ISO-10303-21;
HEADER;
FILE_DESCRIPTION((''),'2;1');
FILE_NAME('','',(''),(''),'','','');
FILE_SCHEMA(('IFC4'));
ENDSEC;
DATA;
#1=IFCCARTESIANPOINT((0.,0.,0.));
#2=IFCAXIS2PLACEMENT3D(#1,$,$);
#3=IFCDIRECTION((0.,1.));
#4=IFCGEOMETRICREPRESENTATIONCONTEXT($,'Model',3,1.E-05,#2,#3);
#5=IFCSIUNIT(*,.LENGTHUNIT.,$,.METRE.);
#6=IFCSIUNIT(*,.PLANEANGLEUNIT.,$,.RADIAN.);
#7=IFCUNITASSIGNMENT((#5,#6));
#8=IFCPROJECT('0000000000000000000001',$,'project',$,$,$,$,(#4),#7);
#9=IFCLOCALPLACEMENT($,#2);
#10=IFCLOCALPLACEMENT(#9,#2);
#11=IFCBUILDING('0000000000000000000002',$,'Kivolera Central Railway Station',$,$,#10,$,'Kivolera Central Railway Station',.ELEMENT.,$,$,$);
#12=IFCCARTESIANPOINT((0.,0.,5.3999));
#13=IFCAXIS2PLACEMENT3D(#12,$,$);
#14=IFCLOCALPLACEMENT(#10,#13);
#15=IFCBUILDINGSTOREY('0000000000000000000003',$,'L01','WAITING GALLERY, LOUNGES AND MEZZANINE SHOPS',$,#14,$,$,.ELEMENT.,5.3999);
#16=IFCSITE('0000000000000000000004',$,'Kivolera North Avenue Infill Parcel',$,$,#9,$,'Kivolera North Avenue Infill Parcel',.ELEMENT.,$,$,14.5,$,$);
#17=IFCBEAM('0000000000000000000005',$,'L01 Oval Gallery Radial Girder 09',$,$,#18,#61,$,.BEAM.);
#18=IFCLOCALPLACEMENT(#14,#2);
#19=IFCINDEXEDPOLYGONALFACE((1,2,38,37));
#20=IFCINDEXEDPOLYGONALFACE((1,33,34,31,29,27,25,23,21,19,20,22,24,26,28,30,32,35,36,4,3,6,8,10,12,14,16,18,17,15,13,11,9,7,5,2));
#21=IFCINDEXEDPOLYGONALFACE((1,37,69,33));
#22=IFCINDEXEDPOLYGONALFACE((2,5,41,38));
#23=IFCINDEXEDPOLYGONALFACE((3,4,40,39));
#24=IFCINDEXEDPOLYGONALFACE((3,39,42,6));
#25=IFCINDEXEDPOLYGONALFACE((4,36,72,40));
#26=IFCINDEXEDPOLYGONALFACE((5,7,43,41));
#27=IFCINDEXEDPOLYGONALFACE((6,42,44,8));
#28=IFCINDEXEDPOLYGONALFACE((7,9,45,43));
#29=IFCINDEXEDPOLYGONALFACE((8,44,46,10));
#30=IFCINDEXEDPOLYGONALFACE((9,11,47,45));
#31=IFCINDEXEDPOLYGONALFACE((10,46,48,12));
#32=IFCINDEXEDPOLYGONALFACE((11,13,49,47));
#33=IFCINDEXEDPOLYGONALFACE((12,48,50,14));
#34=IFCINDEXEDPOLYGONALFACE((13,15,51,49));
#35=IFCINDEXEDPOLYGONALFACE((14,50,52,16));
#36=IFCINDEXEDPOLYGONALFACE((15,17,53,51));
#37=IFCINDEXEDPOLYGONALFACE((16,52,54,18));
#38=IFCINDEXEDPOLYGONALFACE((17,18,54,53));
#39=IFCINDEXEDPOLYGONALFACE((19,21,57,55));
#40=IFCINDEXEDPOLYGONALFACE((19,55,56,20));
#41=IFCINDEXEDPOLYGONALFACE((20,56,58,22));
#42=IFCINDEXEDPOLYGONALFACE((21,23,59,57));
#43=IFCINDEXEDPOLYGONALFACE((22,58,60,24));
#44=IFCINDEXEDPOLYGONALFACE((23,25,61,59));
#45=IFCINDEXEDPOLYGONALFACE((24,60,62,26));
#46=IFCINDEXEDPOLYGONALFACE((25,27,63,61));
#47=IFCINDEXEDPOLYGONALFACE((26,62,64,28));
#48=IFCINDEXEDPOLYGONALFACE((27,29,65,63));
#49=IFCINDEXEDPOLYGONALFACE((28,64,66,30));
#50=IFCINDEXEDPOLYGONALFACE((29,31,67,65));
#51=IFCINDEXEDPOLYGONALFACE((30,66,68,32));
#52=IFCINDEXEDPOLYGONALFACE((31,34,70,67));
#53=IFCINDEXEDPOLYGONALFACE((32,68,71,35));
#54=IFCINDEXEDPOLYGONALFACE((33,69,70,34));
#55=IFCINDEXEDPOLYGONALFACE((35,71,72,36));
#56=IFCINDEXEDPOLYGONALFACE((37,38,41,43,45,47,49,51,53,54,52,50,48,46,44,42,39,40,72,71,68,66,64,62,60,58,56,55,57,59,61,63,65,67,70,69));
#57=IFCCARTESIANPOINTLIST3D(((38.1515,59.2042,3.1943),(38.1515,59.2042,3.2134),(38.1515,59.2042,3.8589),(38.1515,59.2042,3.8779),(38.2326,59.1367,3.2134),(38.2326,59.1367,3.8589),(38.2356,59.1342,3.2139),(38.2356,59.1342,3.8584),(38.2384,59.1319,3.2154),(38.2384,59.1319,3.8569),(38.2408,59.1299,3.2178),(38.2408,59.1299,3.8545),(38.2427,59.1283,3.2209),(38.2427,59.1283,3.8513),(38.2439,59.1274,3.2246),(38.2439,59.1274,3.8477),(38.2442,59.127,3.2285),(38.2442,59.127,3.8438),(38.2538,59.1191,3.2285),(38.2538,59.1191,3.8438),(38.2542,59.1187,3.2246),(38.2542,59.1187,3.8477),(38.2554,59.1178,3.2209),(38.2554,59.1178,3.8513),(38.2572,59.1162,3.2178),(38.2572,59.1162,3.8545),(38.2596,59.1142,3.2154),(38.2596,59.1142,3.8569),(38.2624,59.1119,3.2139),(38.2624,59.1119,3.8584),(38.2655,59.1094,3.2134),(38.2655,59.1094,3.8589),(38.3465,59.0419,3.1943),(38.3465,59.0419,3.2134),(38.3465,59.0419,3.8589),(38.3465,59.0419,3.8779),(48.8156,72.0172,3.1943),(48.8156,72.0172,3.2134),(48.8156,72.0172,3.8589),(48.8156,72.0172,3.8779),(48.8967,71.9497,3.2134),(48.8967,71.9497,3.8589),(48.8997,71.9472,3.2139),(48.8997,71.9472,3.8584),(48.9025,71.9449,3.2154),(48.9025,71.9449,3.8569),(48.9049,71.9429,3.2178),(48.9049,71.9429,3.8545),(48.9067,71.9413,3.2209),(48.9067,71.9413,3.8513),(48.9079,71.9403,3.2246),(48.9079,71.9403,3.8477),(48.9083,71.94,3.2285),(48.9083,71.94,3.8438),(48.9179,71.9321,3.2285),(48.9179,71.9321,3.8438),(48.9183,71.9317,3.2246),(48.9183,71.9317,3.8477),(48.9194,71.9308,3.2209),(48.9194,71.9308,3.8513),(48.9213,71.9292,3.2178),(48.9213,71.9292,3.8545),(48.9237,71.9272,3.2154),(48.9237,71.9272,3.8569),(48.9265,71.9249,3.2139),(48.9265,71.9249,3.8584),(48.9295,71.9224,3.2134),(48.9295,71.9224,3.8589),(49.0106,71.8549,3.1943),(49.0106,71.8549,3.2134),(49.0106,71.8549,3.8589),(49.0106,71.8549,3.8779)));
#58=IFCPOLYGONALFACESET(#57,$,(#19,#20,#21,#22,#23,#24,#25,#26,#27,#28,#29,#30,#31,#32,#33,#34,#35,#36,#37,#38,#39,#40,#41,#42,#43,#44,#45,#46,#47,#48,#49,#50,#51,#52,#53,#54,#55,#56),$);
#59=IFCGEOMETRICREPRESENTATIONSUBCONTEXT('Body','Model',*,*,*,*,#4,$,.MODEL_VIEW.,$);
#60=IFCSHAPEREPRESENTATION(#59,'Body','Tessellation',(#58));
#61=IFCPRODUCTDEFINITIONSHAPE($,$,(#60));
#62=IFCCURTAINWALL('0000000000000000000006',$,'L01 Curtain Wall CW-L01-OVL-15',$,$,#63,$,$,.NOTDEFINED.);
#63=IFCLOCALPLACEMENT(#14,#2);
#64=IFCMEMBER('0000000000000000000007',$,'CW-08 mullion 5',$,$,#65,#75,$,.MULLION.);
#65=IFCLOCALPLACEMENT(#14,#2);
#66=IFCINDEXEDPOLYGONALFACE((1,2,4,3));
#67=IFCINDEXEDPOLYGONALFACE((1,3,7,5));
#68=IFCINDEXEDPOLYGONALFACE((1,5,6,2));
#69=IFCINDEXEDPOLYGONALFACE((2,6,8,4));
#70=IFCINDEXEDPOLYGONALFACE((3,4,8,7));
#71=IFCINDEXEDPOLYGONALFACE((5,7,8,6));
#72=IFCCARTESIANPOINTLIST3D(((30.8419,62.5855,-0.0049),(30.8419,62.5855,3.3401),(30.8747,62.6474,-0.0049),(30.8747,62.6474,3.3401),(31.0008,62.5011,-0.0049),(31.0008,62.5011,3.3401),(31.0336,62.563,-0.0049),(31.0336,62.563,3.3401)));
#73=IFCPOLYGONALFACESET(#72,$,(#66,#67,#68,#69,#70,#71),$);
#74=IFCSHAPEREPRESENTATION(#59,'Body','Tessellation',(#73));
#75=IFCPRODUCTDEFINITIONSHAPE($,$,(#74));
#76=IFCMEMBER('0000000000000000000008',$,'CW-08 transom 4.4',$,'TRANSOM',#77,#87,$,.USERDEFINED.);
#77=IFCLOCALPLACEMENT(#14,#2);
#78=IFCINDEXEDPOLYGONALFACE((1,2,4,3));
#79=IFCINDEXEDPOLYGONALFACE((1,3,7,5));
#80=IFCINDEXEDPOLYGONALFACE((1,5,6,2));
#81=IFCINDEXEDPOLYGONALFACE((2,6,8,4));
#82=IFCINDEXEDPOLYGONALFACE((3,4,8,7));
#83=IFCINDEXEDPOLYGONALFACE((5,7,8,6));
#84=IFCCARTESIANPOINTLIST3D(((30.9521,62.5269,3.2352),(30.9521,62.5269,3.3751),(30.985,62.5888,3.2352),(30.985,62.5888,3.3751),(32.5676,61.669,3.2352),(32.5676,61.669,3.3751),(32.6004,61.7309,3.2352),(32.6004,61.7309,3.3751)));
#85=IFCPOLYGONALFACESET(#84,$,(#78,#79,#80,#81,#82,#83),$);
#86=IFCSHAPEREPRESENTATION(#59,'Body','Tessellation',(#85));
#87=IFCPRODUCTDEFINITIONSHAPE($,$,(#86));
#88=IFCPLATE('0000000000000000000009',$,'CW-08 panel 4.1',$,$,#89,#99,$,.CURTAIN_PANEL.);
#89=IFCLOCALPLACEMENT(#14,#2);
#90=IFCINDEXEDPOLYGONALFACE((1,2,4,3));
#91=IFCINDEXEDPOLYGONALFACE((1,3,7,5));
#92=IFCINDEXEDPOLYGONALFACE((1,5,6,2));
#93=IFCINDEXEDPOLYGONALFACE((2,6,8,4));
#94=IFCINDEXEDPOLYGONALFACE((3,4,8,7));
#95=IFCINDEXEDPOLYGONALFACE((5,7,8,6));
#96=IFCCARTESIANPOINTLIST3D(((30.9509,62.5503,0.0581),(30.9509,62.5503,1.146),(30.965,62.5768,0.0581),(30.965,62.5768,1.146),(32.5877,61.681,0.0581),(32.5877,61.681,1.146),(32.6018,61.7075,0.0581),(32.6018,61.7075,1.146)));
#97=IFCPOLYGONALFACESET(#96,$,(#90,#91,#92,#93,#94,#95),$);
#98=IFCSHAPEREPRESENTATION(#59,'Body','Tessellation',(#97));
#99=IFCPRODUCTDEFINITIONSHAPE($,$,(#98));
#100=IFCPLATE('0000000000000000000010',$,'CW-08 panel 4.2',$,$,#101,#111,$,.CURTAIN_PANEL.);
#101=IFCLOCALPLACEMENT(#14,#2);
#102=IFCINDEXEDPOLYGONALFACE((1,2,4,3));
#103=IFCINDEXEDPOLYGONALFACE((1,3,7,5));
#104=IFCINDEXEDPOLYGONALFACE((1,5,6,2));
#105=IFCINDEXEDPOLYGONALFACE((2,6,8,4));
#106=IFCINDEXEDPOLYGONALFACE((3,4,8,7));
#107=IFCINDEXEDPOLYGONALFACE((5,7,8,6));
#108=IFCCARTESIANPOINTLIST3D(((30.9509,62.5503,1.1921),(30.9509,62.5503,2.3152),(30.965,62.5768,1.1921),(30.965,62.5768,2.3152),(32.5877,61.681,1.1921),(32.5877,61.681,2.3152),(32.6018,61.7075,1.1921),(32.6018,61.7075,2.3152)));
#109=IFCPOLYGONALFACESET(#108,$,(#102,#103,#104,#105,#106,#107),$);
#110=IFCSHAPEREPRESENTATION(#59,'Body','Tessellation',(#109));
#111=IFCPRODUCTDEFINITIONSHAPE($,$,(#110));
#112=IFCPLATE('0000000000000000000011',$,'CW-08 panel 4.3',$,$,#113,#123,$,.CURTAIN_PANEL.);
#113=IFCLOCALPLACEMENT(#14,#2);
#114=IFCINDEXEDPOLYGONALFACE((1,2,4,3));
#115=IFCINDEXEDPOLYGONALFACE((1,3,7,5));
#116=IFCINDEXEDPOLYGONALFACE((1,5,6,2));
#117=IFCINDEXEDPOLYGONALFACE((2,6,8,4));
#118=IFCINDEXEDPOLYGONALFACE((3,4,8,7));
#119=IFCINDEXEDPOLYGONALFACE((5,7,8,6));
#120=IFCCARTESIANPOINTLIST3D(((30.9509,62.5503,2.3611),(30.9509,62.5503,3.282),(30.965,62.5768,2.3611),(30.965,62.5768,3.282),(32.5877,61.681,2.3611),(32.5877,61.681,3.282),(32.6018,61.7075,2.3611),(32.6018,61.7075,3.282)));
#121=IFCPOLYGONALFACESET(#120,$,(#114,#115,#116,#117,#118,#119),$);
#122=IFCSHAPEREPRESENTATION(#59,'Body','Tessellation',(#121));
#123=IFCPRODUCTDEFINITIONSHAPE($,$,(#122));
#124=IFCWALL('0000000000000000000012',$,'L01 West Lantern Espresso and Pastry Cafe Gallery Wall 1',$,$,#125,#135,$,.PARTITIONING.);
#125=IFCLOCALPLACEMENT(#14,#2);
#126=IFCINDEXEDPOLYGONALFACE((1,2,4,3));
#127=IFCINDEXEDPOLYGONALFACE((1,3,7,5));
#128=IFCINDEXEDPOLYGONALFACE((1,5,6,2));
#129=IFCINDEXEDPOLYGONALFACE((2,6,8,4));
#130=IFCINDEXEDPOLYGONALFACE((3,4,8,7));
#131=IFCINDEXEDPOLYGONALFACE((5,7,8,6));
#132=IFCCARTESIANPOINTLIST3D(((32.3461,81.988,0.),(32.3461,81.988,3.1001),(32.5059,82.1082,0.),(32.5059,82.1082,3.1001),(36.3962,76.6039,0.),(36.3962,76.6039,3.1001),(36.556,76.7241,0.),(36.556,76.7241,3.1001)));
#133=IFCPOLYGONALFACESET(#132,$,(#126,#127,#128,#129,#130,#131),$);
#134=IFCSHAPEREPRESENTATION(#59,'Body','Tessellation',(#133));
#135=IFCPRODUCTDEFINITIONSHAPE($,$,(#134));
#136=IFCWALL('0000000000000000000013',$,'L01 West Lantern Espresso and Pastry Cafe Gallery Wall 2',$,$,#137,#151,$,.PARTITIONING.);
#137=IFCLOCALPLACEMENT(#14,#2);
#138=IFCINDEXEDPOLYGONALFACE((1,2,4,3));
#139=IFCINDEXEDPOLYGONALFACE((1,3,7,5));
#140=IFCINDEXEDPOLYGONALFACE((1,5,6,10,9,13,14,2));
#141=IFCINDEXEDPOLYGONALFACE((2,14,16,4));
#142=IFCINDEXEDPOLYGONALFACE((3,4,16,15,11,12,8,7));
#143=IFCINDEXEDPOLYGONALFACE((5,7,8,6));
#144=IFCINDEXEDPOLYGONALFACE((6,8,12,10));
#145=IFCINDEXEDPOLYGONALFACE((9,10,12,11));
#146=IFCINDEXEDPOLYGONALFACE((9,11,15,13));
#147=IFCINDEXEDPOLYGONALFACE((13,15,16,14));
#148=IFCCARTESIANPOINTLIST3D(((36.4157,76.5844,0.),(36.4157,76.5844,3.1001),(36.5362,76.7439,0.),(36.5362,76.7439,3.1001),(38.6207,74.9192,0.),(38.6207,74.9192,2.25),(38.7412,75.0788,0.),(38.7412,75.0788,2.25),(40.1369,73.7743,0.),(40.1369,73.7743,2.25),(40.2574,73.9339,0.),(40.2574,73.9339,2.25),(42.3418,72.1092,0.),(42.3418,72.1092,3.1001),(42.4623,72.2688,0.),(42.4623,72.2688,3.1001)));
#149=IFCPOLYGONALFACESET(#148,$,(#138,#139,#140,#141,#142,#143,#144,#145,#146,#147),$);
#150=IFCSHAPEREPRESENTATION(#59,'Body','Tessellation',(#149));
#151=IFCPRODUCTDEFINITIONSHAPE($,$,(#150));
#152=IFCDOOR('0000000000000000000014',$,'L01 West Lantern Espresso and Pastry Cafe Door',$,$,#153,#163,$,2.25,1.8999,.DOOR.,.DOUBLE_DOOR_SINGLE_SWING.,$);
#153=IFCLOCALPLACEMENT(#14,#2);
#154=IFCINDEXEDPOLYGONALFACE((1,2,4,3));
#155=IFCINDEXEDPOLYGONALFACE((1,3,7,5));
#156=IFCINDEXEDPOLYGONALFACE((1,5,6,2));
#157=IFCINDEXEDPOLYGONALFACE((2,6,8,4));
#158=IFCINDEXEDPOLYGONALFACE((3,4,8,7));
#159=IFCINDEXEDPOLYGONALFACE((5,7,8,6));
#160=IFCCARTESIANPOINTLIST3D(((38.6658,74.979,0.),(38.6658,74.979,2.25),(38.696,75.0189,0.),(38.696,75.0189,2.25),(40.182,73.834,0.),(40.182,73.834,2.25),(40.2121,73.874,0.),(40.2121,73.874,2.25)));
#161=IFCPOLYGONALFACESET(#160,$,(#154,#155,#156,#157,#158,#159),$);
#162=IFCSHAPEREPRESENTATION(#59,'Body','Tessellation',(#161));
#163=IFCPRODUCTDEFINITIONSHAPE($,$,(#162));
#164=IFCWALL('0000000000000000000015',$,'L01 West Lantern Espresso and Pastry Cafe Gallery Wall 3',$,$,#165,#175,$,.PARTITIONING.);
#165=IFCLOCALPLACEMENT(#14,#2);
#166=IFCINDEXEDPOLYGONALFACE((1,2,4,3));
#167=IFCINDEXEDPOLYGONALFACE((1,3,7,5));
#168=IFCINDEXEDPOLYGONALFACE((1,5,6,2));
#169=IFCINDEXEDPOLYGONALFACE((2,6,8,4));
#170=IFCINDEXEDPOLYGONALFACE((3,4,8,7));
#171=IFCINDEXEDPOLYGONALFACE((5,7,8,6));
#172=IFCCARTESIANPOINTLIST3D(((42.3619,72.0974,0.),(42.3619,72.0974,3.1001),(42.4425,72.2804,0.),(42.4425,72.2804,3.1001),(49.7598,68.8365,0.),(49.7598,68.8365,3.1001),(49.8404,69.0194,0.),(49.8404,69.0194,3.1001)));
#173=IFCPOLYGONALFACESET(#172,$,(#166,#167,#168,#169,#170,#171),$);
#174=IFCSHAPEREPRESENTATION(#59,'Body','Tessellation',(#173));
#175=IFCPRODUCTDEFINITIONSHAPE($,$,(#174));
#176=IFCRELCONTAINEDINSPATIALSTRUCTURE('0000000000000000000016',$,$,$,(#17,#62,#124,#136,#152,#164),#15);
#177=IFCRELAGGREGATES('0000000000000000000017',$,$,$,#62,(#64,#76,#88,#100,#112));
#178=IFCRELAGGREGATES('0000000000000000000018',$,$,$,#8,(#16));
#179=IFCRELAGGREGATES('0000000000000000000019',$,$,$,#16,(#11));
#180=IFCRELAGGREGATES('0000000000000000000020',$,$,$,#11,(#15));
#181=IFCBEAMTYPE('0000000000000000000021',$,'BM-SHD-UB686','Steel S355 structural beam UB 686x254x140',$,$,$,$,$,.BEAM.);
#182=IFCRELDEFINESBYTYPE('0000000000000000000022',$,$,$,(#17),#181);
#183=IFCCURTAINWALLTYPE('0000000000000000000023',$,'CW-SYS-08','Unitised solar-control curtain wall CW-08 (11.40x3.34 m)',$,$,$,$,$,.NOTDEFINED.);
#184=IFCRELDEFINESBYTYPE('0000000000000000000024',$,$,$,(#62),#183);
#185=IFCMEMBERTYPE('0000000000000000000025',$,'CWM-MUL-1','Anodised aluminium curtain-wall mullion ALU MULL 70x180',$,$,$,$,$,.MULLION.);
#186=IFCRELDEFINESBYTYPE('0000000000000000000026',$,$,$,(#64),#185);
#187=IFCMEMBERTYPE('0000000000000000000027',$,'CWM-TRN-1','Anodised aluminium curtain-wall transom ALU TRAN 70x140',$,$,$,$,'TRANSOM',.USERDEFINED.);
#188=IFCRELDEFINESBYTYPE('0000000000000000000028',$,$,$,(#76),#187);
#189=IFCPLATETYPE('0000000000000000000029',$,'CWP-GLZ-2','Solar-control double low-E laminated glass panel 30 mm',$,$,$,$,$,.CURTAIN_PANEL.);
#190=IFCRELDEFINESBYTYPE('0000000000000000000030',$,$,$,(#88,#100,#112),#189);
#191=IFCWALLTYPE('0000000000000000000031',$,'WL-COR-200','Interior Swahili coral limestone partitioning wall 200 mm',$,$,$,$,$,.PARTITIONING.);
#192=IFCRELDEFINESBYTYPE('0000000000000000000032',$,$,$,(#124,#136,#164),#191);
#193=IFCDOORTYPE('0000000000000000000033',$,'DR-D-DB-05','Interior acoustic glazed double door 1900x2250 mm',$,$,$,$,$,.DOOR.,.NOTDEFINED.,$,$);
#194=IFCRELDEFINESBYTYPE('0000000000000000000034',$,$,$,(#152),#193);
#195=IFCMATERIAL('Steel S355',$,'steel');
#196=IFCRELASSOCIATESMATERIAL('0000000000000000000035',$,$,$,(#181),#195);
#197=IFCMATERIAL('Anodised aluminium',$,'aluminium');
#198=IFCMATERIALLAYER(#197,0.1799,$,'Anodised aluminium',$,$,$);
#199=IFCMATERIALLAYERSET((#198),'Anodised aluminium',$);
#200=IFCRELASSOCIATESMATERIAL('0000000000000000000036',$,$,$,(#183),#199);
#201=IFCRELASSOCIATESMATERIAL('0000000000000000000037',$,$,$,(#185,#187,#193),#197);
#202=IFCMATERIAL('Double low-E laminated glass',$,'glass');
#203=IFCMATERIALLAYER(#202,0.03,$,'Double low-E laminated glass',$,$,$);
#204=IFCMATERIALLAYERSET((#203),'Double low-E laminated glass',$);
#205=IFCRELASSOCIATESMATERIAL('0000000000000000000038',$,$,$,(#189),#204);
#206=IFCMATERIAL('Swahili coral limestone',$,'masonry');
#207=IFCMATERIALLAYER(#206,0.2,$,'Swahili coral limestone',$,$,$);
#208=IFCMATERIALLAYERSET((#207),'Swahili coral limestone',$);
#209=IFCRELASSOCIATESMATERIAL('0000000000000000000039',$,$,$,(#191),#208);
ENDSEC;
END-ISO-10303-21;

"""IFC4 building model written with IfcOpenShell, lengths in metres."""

from ifc_helpers import new_model, si_unit, direction, frame, frame_2d, origin, origin_2d, place, context, subcontext, project, spatial, rectangle, i_section, extrude, material, layer, layer_set, material_profile, profile_set, type_object, element, fill, aggregate, save


model = new_model("IFC4")

# Units and contexts
model_context = context("Model", 3, precision=1e-05, world=origin(), true_north=direction((0.0, 1.0)))
body_context = subcontext(model_context, "Body", "Model", "MODEL_VIEW")
ifc_project = project(units=[si_unit("LENGTHUNIT", "METRE"), si_unit("PLANEANGLEUNIT", "RADIAN")], contexts=[model_context])

# Site, building, storey
site_placement = place(None, origin())
site = spatial("IfcSite", under=ifc_project, at=site_placement, Name="Kivolera North Avenue Infill Parcel", LongName="Kivolera North Avenue Infill Parcel", CompositionType="ELEMENT", RefElevation=14.5)
building_placement = place(site_placement, origin())
building = spatial("IfcBuilding", under=site, at=building_placement, Name="Kivolera Central Railway Station", LongName="Kivolera Central Railway Station", CompositionType="ELEMENT")
storey_placement = place(building_placement, frame((0.0, 0.0, 5.3999)))
storey = spatial("IfcBuildingStorey", under=building, at=storey_placement, Name="L01", Description="WAITING GALLERY, LOUNGES AND MEZZANINE SHOPS", CompositionType="ELEMENT", Elevation=5.3999)

# Beam
ifc_material_1 = material(Name="Steel S355", Category="steel")
ifc_material_profile_1 = material_profile(ifc_material_1, i_section(OverallWidth=0.2537, OverallDepth=0.6836, WebThickness=0.0125, FlangeThickness=0.019, FilletRadius=0.0151, at=origin_2d()), Name="UB 686x254x140")
ifc_profile_set_1 = profile_set([ifc_material_profile_1], Name="Steel S355")
beam_type_1 = type_object("IfcBeamType", Name="BM-SHD-UB686", Description="Steel S355 structural beam UB 686x254x140", PredefinedType="BEAM", material=ifc_profile_set_1)
beam_1_placement = place(storey_placement, frame((48.9131, 71.936, 3.5361), z_axis=(-0.639709, -0.768617, 0.0), x_axis=(0.768617, -0.639709, 0.0)))
element("IfcBeam", 1, at=beam_1_placement, inside=storey, type_object=beam_type_1, Name="L01 Oval Gallery Radial Girder 09", PredefinedType="BEAM", context=body_context, shape_type="SweptSolid", body=[
    extrude(i_section(OverallWidth=0.2537, OverallDepth=0.6836, WebThickness=0.0125, FlangeThickness=0.019, FilletRadius=0.0151, at=origin_2d()), origin(), (0.0, 0.0, 1.0), 16.6702),
])

# Curtain wall, members, plates
ifc_material_2 = material(Name="Anodised aluminium", Category="aluminium")
ifc_layer_1 = layer(ifc_material_2, 0.1799, Name="Anodised aluminium")
ifc_layer_set_1 = layer_set([ifc_layer_1], Name="Anodised aluminium")
curtain_wall_type = type_object("IfcCurtainWallType", Name="CW-SYS-08", Description="Unitised solar-control curtain wall CW-08 (11.40x3.34 m)", PredefinedType="NOTDEFINED", material=ifc_layer_set_1)
curtain_wall_placement = place(storey_placement, origin())
curtain_wall = element("IfcCurtainWall", 2, at=curtain_wall_placement, inside=storey, type_object=curtain_wall_type, Name="L01 Curtain Wall CW-L01-OVL-15", PredefinedType="NOTDEFINED")
ifc_material_profile_2 = material_profile(ifc_material_2, rectangle(XDim=0.0701, YDim=0.1799, at=origin_2d()), Name="ALU MULL 70x180")
ifc_profile_set_2 = profile_set([ifc_material_profile_2], Name="Anodised aluminium")
member_type_1 = type_object("IfcMemberType", Name="CWM-MUL-1", Description="Anodised aluminium curtain-wall mullion ALU MULL 70x180", PredefinedType="MULLION", material=ifc_profile_set_2)
member_1_placement = place(storey_placement, frame((30.9377, 62.5742, -0.0049), z_axis=(0.0, 0.0, 1.0), x_axis=(-0.469053, -0.88317, 0.0)))
member_1 = element("IfcMember", 3, at=member_1_placement, type_object=member_type_1, Name="CW-08 mullion 5", PredefinedType="MULLION", context=body_context, shape_type="SweptSolid", body=[
    extrude(rectangle(XDim=0.0701, YDim=0.1799, at=origin_2d()), origin(), (0.0, 0.0, 1.0), 3.345),
])
ifc_material_profile_3 = material_profile(ifc_material_2, rectangle(XDim=0.0701, YDim=0.1399, at=origin_2d()), Name="ALU TRAN 70x140")
ifc_profile_set_3 = profile_set([ifc_material_profile_3], Name="Anodised aluminium")
member_type_2 = type_object("IfcMemberType", Name="CWM-TRN-1", Description="Anodised aluminium curtain-wall transom ALU TRAN 70x140", ElementType="TRANSOM", PredefinedType="USERDEFINED", material=ifc_profile_set_3)
member_2_placement = place(storey_placement, frame((32.584, 61.7, 3.3052), z_axis=(-0.883187, 0.469022, 0.0), x_axis=(-0.469022, -0.883187, 0.0)))
member_2 = element("IfcMember", 4, at=member_2_placement, type_object=member_type_2, Name="CW-08 transom 4.4", ObjectType="TRANSOM", PredefinedType="USERDEFINED", context=body_context, shape_type="SweptSolid", body=[
    extrude(rectangle(XDim=0.0701, YDim=0.1399, at=origin_2d()), origin(), (0.0, 0.0, 1.0), 1.8291),
])
ifc_material_3 = material(Name="Double low-E laminated glass", Category="glass")
ifc_layer_2 = layer(ifc_material_3, 0.03, Name="Double low-E laminated glass")
ifc_layer_set_2 = layer_set([ifc_layer_2], Name="Double low-E laminated glass")
plate_type = type_object("IfcPlateType", Name="CWP-GLZ-2", Description="Solar-control double low-E laminated glass panel 30 mm", PredefinedType="CURTAIN_PANEL", material=ifc_layer_set_2)
plate_1_placement = place(storey_placement, frame((31.7764, 62.1289, 0.0581), z_axis=(0.0, 0.0, 1.0), x_axis=(-0.88317, 0.469053, 0.0)))
plate_1 = element("IfcPlate", 5, at=plate_1_placement, type_object=plate_type, Name="CW-08 panel 4.1", PredefinedType="CURTAIN_PANEL", context=body_context, shape_type="SweptSolid", body=[
    extrude(rectangle(XDim=1.8533, YDim=0.03, at=origin_2d()), origin(), (0.0, 0.0, 1.0), 1.0879),
])
plate_2_placement = place(storey_placement, frame((31.7764, 62.1289, 1.1921), z_axis=(0.0, 0.0, 1.0), x_axis=(-0.88317, 0.469053, 0.0)))
plate_2 = element("IfcPlate", 6, at=plate_2_placement, type_object=plate_type, Name="CW-08 panel 4.2", PredefinedType="CURTAIN_PANEL", context=body_context, shape_type="SweptSolid", body=[
    extrude(rectangle(XDim=1.8533, YDim=0.03, at=origin_2d()), origin(), (0.0, 0.0, 1.0), 1.123),
])
plate_3_placement = place(storey_placement, frame((31.7764, 62.1289, 2.3611), z_axis=(0.0, 0.0, 1.0), x_axis=(-0.88317, 0.469053, 0.0)))
plate_3 = element("IfcPlate", 7, at=plate_3_placement, type_object=plate_type, Name="CW-08 panel 4.3", PredefinedType="CURTAIN_PANEL", context=body_context, shape_type="SweptSolid", body=[
    extrude(rectangle(XDim=1.8533, YDim=0.03, at=origin_2d()), origin(), (0.0, 0.0, 1.0), 0.9209),
])
aggregate(curtain_wall, [member_1, member_2, plate_1, plate_2, plate_3])

# Wall
ifc_material_4 = material(Name="Swahili coral limestone", Category="masonry")
ifc_layer_3 = layer(ifc_material_4, 0.2, Name="Swahili coral limestone")
ifc_layer_set_3 = layer_set([ifc_layer_3], Name="Swahili coral limestone")
wall_type_1 = type_object("IfcWallType", Name="WL-COR-200", Description="Interior Swahili coral limestone partitioning wall 200 mm", PredefinedType="PARTITIONING", material=ifc_layer_set_3)
wall_1_placement = place(storey_placement, frame((32.426, 82.0481, 0.0), z_axis=(0.0, 0.0, 1.0), x_axis=(0.601142, -0.799143, 0.0)))
element("IfcWall", 8, at=wall_1_placement, inside=storey, type_object=wall_type_1, Name="L01 West Lantern Espresso and Pastry Cafe Gallery Wall 1", PredefinedType="PARTITIONING", context=body_context, shape_type="SweptSolid", body=[
    extrude(rectangle(XDim=6.7373, YDim=0.2, at=frame_2d((3.3687, 0.0))), origin(), (0.0, 0.0, 1.0), 3.1001),
])

# Wall, opening, door
wall_2_placement = place(storey_placement, frame((36.4761, 76.6641, 0.0), z_axis=(0.0, 0.0, 1.0), x_axis=(0.798019, -0.602632, 0.0)))
wall_2 = element("IfcWall", 9, at=wall_2_placement, inside=storey, type_object=wall_type_1, Name="L01 West Lantern Espresso and Pastry Cafe Gallery Wall 2", PredefinedType="PARTITIONING", context=body_context, shape_type="SweptSolid", body=[
    extrude(rectangle(XDim=7.426, YDim=0.2, at=frame_2d((3.7129, 0.0))), origin(), (0.0, 0.0, 1.0), 3.1001),
])
opening_placement = place(wall_2_placement, frame((2.7629, 0.0, 0.0)))
opening = element("IfcOpeningElement", 10, at=opening_placement, cuts=wall_2, PredefinedType="OPENING", context=body_context, shape_type="SweptSolid", body=[
    extrude(rectangle(XDim=1.8999, YDim=2.25, at=frame_2d((0.95, 1.125))), frame((0.0, 0.1099, 0.0), z_axis=(0.0, -1.0, 0.0), x_axis=(1.0, 0.0, 0.0)), (0.0, 0.0, 1.0), 0.22),
])
door_type = type_object("IfcDoorType", Name="DR-D-DB-05", Description="Interior acoustic glazed double door 1900x2250 mm", OperationType="NOTDEFINED", PredefinedType="DOOR", material=ifc_material_2)
door_placement = place(opening_placement, origin())
door = element("IfcDoor", 11, at=door_placement, inside=storey, type_object=door_type, Name="L01 West Lantern Espresso and Pastry Cafe Door", OperationType="DOUBLE_DOOR_SINGLE_SWING", OverallHeight=2.25, OverallWidth=1.8999, PredefinedType="DOOR", context=body_context, shape_type="SweptSolid", body=[
    extrude(rectangle(XDim=1.8999, YDim=2.25, at=frame_2d((0.95, 1.125))), frame((0.0, 0.0249, 0.0), z_axis=(0.0, -1.0, 0.0), x_axis=(1.0, 0.0, 0.0)), (0.0, 0.0, 1.0), 0.05),
])
fill(opening, door)

# Wall
wall_3_placement = place(storey_placement, frame((42.4021, 72.189, 0.0), z_axis=(0.0, 0.0, 1.0), x_axis=(0.915046, -0.403349, 0.0)))
element("IfcWall", 12, at=wall_3_placement, inside=storey, type_object=wall_type_1, Name="L01 West Lantern Espresso and Pastry Cafe Gallery Wall 3", PredefinedType="PARTITIONING", context=body_context, shape_type="SweptSolid", body=[
    extrude(rectangle(XDim=8.0847, YDim=0.2, at=frame_2d((4.0425, 0.0))), origin(), (0.0, 0.0, 1.0), 3.1001),
])

save(model, "model.ifc")
